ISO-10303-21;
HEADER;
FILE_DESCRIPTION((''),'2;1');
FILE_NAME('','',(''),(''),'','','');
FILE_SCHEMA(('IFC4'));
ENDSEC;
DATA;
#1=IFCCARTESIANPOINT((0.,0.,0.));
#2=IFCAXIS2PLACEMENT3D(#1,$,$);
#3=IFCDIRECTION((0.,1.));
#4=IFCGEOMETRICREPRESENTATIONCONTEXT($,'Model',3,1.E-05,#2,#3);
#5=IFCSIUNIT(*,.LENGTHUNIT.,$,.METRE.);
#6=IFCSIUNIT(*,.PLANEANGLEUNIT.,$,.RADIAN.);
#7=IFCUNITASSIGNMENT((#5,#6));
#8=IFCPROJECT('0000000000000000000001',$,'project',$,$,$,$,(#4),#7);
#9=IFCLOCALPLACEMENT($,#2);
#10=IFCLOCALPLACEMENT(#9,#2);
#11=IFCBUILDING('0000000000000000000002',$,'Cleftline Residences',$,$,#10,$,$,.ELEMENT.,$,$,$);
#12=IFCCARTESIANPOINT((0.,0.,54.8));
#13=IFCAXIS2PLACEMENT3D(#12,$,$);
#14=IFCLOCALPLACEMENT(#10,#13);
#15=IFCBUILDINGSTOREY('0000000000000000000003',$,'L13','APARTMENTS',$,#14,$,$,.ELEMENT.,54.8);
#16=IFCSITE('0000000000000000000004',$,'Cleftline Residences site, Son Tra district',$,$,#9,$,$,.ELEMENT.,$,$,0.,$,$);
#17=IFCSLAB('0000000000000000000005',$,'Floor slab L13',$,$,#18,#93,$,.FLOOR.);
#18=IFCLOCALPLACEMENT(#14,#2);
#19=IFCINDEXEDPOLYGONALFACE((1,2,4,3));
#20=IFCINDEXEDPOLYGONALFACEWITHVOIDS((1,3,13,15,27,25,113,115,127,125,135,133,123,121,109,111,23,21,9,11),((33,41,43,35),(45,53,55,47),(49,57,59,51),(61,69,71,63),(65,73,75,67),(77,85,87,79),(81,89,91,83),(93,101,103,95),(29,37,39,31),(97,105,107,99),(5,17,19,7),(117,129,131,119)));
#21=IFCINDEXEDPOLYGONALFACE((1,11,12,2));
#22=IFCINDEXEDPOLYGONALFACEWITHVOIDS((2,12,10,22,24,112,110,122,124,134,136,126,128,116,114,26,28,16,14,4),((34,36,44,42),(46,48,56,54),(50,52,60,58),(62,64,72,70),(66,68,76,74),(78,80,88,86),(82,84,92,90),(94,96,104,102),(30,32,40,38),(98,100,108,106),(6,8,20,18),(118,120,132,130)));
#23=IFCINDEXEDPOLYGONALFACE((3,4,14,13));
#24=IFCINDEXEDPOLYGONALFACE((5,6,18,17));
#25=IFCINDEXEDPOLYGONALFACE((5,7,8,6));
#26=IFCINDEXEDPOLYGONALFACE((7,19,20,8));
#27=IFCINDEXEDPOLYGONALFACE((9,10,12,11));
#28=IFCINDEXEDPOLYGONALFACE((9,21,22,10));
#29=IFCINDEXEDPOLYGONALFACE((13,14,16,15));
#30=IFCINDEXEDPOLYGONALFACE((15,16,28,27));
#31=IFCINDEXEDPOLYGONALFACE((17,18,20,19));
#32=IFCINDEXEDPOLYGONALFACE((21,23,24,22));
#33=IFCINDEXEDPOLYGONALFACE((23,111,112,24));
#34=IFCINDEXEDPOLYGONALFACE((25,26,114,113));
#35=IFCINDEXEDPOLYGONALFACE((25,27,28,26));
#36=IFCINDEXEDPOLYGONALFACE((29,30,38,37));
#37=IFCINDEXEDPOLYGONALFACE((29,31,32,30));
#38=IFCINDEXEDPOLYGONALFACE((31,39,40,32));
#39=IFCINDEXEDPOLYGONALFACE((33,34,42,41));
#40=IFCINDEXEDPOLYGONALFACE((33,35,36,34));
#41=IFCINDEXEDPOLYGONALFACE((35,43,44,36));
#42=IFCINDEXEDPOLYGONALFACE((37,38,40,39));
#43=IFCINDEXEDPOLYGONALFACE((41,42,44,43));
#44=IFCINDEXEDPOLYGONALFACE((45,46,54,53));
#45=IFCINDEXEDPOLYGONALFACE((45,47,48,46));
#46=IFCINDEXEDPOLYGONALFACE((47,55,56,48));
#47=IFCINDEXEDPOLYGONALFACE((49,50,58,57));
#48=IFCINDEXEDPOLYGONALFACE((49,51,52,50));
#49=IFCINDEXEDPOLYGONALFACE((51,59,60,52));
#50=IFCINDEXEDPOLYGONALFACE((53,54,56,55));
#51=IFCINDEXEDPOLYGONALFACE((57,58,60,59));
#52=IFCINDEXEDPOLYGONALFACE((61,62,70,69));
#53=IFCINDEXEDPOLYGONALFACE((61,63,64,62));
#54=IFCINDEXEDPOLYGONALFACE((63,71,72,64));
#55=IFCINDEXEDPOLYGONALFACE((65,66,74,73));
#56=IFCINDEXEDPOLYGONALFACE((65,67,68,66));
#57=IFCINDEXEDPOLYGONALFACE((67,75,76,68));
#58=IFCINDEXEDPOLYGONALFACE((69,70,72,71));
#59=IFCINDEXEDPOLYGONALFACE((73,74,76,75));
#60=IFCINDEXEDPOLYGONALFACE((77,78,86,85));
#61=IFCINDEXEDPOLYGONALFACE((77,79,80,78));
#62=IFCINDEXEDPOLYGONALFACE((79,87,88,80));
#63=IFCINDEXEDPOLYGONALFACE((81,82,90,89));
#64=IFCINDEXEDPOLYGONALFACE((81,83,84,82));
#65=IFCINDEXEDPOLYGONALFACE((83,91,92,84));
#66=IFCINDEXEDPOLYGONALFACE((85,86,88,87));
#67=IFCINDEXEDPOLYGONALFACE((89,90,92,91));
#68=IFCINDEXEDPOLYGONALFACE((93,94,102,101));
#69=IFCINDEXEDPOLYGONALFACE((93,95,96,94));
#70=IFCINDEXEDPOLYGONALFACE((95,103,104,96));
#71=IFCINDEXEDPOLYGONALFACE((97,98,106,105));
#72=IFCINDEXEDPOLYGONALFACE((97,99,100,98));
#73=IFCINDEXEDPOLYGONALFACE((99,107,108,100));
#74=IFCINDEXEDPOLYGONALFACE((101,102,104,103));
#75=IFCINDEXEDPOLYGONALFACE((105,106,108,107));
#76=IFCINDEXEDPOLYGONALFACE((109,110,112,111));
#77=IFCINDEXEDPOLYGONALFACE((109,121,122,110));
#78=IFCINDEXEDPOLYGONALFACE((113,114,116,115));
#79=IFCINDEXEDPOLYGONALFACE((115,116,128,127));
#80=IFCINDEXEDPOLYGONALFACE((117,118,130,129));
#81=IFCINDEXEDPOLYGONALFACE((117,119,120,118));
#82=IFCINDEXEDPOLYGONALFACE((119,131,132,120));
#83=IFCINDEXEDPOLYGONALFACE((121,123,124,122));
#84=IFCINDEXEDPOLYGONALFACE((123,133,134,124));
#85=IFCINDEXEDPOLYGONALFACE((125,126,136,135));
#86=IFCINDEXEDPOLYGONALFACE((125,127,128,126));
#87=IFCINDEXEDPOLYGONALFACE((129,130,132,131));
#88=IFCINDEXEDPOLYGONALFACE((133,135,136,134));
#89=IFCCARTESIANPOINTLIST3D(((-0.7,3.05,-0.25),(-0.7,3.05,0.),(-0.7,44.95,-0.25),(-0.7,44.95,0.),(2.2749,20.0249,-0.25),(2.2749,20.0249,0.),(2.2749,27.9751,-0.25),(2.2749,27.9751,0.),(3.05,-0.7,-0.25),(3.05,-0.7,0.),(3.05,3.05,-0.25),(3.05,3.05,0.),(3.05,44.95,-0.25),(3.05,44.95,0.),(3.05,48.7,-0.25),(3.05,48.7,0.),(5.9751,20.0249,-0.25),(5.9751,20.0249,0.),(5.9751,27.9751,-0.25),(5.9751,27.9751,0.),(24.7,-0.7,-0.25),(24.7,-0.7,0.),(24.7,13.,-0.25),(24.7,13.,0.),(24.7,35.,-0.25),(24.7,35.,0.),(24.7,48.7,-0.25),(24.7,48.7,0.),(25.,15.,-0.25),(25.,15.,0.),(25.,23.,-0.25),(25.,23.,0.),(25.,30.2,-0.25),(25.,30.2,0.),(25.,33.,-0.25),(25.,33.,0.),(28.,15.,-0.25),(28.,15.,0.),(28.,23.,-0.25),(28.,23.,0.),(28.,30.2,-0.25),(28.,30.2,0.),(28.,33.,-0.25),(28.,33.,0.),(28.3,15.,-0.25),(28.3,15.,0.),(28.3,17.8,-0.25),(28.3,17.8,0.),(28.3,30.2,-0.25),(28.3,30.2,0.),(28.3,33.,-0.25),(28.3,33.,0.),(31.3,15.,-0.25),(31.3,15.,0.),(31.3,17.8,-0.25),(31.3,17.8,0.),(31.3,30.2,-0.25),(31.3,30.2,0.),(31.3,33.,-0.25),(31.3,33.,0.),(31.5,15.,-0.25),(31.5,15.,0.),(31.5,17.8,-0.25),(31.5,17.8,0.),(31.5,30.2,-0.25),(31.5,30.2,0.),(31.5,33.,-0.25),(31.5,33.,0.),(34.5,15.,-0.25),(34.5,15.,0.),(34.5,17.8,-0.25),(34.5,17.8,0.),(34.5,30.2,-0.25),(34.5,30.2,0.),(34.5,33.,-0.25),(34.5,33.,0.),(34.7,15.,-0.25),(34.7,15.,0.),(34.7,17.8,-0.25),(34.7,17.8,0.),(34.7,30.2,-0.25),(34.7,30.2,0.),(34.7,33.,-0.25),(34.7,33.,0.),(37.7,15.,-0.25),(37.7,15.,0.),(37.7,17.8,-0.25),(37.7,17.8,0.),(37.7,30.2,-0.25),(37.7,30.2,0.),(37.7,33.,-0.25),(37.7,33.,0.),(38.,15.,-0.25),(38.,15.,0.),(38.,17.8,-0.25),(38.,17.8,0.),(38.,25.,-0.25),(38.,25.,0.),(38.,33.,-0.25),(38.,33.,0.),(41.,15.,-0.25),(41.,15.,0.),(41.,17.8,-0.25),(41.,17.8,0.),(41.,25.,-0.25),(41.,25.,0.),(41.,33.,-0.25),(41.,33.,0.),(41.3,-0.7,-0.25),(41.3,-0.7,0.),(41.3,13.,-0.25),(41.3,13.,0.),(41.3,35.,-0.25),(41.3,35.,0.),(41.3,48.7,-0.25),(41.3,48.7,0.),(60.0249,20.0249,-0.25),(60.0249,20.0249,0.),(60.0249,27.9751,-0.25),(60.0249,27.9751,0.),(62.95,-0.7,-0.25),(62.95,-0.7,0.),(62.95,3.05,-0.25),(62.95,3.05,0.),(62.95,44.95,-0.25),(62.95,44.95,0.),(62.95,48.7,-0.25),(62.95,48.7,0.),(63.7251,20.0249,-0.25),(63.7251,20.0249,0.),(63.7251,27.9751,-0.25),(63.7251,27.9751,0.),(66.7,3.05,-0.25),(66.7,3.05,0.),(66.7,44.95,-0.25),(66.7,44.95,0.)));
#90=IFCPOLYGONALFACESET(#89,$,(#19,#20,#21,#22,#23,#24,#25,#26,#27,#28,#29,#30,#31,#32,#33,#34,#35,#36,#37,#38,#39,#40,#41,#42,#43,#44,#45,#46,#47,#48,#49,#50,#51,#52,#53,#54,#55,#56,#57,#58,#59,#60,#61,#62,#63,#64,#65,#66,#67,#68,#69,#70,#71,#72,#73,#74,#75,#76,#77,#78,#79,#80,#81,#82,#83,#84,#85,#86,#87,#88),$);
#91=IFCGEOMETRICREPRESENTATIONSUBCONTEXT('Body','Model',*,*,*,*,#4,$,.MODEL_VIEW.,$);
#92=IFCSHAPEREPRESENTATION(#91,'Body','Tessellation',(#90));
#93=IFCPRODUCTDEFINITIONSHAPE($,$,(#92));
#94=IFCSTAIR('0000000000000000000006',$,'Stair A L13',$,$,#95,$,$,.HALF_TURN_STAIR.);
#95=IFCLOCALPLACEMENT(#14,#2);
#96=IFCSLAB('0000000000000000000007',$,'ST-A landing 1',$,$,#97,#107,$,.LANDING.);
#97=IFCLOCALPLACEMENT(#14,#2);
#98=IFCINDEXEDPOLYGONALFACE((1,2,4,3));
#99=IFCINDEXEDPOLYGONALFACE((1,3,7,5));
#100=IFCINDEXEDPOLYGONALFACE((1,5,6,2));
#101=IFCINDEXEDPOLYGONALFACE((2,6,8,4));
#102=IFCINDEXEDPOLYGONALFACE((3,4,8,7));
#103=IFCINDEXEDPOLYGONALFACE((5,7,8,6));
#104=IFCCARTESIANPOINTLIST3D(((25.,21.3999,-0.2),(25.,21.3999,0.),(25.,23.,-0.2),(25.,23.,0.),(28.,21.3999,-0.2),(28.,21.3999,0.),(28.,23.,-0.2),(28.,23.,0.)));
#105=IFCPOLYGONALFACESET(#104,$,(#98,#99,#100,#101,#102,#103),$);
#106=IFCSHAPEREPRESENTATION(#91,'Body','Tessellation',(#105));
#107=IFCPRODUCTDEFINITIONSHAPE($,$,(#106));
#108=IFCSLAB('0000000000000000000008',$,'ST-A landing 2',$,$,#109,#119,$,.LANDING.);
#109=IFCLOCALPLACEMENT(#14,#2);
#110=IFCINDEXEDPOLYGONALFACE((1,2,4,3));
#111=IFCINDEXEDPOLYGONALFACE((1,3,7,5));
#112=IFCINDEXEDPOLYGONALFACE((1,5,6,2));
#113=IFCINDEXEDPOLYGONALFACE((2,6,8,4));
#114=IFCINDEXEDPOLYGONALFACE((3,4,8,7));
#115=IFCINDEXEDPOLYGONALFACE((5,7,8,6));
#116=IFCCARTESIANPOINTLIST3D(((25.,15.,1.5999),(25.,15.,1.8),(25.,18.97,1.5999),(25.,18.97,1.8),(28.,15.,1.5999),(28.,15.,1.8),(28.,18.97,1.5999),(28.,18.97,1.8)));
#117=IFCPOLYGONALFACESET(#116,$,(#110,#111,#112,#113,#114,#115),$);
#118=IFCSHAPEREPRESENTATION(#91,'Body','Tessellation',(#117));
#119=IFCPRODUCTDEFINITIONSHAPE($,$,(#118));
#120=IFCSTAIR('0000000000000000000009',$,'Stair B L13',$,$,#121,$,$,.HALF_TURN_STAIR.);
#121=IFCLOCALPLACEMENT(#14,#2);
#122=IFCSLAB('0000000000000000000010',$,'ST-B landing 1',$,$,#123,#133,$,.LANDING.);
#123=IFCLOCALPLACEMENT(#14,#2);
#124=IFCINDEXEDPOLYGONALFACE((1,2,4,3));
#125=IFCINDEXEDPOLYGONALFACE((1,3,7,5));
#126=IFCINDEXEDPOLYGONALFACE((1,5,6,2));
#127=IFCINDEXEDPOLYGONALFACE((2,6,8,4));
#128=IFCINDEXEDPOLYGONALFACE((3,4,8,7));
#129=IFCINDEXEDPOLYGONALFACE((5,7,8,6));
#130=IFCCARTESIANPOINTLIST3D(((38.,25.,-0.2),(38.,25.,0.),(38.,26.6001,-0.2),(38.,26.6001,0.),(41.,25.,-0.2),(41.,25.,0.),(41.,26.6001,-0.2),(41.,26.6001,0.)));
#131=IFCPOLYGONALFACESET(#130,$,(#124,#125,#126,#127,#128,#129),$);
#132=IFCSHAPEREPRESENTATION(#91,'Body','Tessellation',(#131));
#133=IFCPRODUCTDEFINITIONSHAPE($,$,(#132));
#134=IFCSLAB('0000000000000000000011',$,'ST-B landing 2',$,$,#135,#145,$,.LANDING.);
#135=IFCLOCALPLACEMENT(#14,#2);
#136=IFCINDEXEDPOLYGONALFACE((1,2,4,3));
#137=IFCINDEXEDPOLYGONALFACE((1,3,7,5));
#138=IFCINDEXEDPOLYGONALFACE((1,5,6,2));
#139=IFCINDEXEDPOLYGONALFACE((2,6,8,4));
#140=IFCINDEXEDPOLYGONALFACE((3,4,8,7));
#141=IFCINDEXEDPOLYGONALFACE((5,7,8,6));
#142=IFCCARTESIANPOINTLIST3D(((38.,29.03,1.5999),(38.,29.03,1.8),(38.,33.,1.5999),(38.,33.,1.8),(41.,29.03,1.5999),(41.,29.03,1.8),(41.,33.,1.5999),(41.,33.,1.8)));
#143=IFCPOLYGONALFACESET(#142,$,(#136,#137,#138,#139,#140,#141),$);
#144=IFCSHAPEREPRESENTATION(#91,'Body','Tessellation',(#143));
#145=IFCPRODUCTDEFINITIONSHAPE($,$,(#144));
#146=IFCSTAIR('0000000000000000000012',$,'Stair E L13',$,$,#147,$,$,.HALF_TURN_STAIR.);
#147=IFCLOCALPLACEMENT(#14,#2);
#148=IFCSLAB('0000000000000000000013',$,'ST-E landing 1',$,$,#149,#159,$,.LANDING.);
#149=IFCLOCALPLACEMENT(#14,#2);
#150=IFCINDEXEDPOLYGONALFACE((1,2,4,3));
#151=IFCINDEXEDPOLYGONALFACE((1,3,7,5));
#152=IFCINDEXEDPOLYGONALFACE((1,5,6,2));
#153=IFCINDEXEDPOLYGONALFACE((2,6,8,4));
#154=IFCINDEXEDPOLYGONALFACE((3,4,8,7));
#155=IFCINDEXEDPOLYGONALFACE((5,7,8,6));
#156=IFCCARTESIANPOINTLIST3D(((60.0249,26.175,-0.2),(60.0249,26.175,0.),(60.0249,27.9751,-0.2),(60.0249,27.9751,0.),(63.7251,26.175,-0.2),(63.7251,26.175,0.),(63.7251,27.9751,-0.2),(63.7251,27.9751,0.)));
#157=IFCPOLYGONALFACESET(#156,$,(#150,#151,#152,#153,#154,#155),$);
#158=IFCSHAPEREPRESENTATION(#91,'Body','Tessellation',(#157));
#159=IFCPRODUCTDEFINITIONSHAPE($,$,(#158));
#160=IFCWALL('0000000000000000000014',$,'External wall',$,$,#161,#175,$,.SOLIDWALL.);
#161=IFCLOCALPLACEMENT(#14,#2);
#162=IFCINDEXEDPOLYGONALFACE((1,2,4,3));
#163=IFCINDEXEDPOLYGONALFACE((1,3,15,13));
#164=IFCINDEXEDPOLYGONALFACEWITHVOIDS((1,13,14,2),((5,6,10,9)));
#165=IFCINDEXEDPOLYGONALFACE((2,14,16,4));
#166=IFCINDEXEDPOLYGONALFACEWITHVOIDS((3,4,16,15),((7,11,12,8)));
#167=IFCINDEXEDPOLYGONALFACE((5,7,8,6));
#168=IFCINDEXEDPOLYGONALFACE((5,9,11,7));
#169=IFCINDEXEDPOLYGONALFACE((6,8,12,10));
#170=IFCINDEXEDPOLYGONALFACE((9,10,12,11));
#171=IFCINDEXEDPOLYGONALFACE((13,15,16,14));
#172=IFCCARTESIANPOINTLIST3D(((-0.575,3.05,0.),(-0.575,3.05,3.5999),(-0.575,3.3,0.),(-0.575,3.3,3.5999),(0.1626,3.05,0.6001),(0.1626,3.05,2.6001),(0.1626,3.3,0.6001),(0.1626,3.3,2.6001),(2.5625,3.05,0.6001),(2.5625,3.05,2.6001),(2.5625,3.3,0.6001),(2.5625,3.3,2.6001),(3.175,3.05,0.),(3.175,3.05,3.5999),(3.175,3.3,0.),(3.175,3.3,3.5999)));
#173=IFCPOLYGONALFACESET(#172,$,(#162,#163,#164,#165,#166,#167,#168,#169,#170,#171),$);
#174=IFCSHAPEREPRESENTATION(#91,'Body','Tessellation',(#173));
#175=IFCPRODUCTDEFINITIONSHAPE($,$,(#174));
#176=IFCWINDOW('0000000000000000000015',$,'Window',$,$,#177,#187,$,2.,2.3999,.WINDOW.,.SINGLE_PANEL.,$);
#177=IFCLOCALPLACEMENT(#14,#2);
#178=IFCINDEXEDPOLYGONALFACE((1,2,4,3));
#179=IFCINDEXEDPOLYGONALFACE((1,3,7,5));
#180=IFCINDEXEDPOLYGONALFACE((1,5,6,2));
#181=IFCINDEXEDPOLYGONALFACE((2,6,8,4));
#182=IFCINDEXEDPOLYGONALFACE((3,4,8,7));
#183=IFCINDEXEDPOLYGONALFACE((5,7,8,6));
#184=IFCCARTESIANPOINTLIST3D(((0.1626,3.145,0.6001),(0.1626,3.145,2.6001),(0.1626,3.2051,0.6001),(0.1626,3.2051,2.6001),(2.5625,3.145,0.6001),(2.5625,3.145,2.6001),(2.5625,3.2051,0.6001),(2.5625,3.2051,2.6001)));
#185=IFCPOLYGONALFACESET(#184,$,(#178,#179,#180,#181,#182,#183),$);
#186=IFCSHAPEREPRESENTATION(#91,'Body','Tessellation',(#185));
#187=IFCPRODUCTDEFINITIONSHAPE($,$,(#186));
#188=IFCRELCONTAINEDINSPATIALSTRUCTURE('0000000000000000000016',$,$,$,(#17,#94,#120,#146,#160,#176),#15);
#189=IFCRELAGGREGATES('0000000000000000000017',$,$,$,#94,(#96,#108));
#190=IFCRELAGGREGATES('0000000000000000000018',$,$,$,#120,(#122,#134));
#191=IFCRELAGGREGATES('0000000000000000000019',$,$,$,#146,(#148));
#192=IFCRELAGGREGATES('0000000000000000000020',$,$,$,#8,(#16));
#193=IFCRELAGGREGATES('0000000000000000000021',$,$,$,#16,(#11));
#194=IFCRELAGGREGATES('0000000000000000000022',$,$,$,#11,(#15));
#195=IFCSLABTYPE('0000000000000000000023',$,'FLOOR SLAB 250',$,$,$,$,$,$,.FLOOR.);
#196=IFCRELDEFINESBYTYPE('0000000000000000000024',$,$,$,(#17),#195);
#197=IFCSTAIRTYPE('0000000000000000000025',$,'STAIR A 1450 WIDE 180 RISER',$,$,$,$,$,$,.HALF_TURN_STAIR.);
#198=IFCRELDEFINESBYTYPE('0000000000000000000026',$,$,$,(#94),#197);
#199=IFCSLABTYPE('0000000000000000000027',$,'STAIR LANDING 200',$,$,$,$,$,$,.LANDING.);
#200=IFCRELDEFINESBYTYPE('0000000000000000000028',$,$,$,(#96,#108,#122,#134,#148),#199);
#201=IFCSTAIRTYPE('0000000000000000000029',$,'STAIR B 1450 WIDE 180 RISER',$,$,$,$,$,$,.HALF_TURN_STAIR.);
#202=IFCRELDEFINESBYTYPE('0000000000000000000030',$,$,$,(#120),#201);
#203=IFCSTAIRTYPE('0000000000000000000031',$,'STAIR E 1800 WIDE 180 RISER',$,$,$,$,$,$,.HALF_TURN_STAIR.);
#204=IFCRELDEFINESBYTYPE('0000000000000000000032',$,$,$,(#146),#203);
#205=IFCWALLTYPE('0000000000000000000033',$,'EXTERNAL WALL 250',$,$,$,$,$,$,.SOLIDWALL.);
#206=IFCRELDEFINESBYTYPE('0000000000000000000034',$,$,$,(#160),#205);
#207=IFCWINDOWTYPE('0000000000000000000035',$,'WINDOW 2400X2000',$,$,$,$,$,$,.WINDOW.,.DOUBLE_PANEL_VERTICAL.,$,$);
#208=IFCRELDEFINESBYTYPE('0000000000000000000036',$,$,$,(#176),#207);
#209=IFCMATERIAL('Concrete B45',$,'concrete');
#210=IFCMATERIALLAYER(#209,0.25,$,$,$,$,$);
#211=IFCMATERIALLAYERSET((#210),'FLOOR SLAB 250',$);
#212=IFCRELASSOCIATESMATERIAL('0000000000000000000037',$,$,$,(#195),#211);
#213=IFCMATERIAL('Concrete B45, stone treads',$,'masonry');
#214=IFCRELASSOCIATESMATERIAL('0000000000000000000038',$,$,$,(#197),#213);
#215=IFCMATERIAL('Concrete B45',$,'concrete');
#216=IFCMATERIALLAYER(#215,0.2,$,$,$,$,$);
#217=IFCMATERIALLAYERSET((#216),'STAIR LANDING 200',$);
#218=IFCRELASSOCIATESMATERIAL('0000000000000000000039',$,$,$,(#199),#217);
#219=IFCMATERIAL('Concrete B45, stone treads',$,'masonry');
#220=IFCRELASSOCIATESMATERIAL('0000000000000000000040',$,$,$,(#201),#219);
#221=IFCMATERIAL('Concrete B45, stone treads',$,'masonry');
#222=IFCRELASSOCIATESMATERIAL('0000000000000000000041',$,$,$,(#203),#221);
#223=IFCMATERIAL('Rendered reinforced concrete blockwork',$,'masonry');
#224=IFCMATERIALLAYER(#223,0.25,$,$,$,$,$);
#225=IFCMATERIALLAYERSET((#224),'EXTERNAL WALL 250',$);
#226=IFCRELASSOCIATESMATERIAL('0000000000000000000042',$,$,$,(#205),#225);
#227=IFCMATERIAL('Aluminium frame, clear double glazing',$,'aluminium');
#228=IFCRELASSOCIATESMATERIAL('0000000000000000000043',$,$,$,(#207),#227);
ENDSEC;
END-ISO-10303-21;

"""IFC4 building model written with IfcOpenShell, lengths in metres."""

from ifc_helpers import new_model, si_unit, direction, frame, frame_2d, origin, place, context, subcontext, project, spatial, polyline, rectangle, outline, extrude, material, layer, layer_set, type_object, element, fill, aggregate, save


model = new_model("IFC4")

# Units and contexts
model_context = context("Model", 3, precision=1e-05, world=origin(), true_north=direction((0.0, 1.0)))
body_context = subcontext(model_context, "Body", "Model", "MODEL_VIEW")
ifc_project = project(units=[si_unit("LENGTHUNIT", "METRE"), si_unit("PLANEANGLEUNIT", "RADIAN")], contexts=[model_context])

# Site, building, storey
site_placement = place(None, origin())
site = spatial("IfcSite", under=ifc_project, at=site_placement, Name="Cleftline Residences site, Son Tra district", CompositionType="ELEMENT", RefElevation=0.0)
building_placement = place(site_placement, origin())
building = spatial("IfcBuilding", under=site, at=building_placement, Name="Cleftline Residences", CompositionType="ELEMENT")
storey_placement = place(building_placement, frame((0.0, 0.0, 54.8)))
storey = spatial("IfcBuildingStorey", under=building, at=storey_placement, Name="L13", Description="APARTMENTS", CompositionType="ELEMENT", Elevation=54.8)

# Slab
ifc_material_1 = material(Name="Concrete B45", Category="concrete")
ifc_layer_1 = layer(ifc_material_1, 0.25)
ifc_layer_set_1 = layer_set([ifc_layer_1], Name="FLOOR SLAB 250")
slab_type_1 = type_object("IfcSlabType", Name="FLOOR SLAB 250", PredefinedType="FLOOR", material=ifc_layer_set_1)
slab_1_placement = place(storey_placement, frame((0.0, 0.0, -0.25)))
element("IfcSlab", 1, at=slab_1_placement, inside=storey, type_object=slab_type_1, Name="Floor slab L13", PredefinedType="FLOOR", context=body_context, shape_type="SweptSolid", body=[
    extrude(outline(polyline([(24.7, 13.0), (41.3, 13.0), (41.3, -0.7), (62.95, -0.7), (62.95, 3.05), (66.7, 3.05), (66.7, 44.95), (62.95, 44.95), (62.95, 48.7), (41.3, 48.7), (41.3, 35.0), (24.7, 35.0), (24.7, 48.7), (3.05, 48.7), (3.05, 44.95), (-0.7, 44.95), (-0.7, 3.05), (3.05, 3.05), (3.05, -0.7), (24.7, -0.7), (24.7, 13.0)]), holes=[polyline([(28.0, 15.0), (28.0, 23.0), (25.0, 23.0), (25.0, 15.0), (28.0, 15.0)]), polyline([(41.0, 25.0), (41.0, 33.0), (38.0, 33.0), (38.0, 25.0), (41.0, 25.0)]), polyline([(28.0, 30.2), (28.0, 33.0), (25.0, 33.0), (25.0, 30.2), (28.0, 30.2)]), polyline([(41.0, 15.0), (41.0, 17.8), (38.0, 17.8), (38.0, 15.0), (41.0, 15.0)]), polyline([(31.3, 15.0), (31.3, 17.8), (28.3, 17.8), (28.3, 15.0), (31.3, 15.0)]), polyline([(34.5, 15.0), (34.5, 17.8), (31.5, 17.8), (31.5, 15.0), (34.5, 15.0)]), polyline([(37.7, 15.0), (37.7, 17.8), (34.7, 17.8), (34.7, 15.0), (37.7, 15.0)]), polyline([(31.3, 30.2), (31.3, 33.0), (28.3, 33.0), (28.3, 30.2), (31.3, 30.2)]), polyline([(34.5, 30.2), (34.5, 33.0), (31.5, 33.0), (31.5, 30.2), (34.5, 30.2)]), polyline([(37.7, 30.2), (37.7, 33.0), (34.7, 33.0), (34.7, 30.2), (37.7, 30.2)]), polyline([(63.7251, 20.0249), (63.7251, 27.9751), (60.0249, 27.9751), (60.0249, 20.0249), (63.7251, 20.0249)]), polyline([(5.9751, 20.0249), (5.9751, 27.9751), (2.2749, 27.9751), (2.2749, 20.0249), (5.9751, 20.0249)])]), origin(), (0.0, 0.0, 1.0), 0.25),
])

# Stairs, slabs
ifc_material_2 = material(Name="Concrete B45, stone treads", Category="masonry")
stair_type_1 = type_object("IfcStairType", Name="STAIR A 1450 WIDE 180 RISER", PredefinedType="HALF_TURN_STAIR", material=ifc_material_2)
stair_1_placement = place(storey_placement, origin())
stair_1 = element("IfcStair", 2, at=stair_1_placement, inside=storey, type_object=stair_type_1, Name="Stair A L13", PredefinedType="HALF_TURN_STAIR")
ifc_material_3 = material(Name="Concrete B45", Category="concrete")
ifc_layer_2 = layer(ifc_material_3, 0.2)
ifc_layer_set_2 = layer_set([ifc_layer_2], Name="STAIR LANDING 200")
slab_type_2 = type_object("IfcSlabType", Name="STAIR LANDING 200", PredefinedType="LANDING", material=ifc_layer_set_2)
slab_2_placement = place(storey_placement, frame((0.0, 0.0, -0.2)))
slab_2 = element("IfcSlab", 3, at=slab_2_placement, type_object=slab_type_2, Name="ST-A landing 1", PredefinedType="LANDING", context=body_context, shape_type="SweptSolid", body=[
    extrude(outline(polyline([(25.0, 21.3999), (28.0, 21.3999), (28.0, 23.0), (25.0, 23.0), (25.0, 21.3999)])), origin(), (0.0, 0.0, 1.0), 0.2),
])
slab_3_placement = place(storey_placement, frame((0.0, 0.0, 1.5999)))
slab_3 = element("IfcSlab", 4, at=slab_3_placement, type_object=slab_type_2, Name="ST-A landing 2", PredefinedType="LANDING", context=body_context, shape_type="SweptSolid", body=[
    extrude(outline(polyline([(25.0, 15.0), (28.0, 15.0), (28.0, 18.97), (25.0, 18.97), (25.0, 15.0)])), origin(), (0.0, 0.0, 1.0), 0.2002),
])
aggregate(stair_1, [slab_2, slab_3])
ifc_material_4 = material(Name="Concrete B45, stone treads", Category="masonry")
stair_type_2 = type_object("IfcStairType", Name="STAIR B 1450 WIDE 180 RISER", PredefinedType="HALF_TURN_STAIR", material=ifc_material_4)
stair_2_placement = place(storey_placement, origin())
stair_2 = element("IfcStair", 5, at=stair_2_placement, inside=storey, type_object=stair_type_2, Name="Stair B L13", PredefinedType="HALF_TURN_STAIR")
slab_4_placement = place(storey_placement, frame((0.0, 0.0, -0.2)))
slab_4 = element("IfcSlab", 6, at=slab_4_placement, type_object=slab_type_2, Name="ST-B landing 1", PredefinedType="LANDING", context=body_context, shape_type="SweptSolid", body=[
    extrude(outline(polyline([(38.0, 25.0), (41.0, 25.0), (41.0, 26.6001), (38.0, 26.6001), (38.0, 25.0)])), origin(), (0.0, 0.0, 1.0), 0.2),
])
slab_5_placement = place(storey_placement, frame((0.0, 0.0, 1.5999)))
slab_5 = element("IfcSlab", 7, at=slab_5_placement, type_object=slab_type_2, Name="ST-B landing 2", PredefinedType="LANDING", context=body_context, shape_type="SweptSolid", body=[
    extrude(outline(polyline([(38.0, 29.03), (41.0, 29.03), (41.0, 33.0), (38.0, 33.0), (38.0, 29.03)])), origin(), (0.0, 0.0, 1.0), 0.2002),
])
aggregate(stair_2, [slab_4, slab_5])

# Stair, slab
ifc_material_5 = material(Name="Concrete B45, stone treads", Category="masonry")
stair_type_3 = type_object("IfcStairType", Name="STAIR E 1800 WIDE 180 RISER", PredefinedType="HALF_TURN_STAIR", material=ifc_material_5)
stair_3_placement = place(storey_placement, origin())
stair_3 = element("IfcStair", 8, at=stair_3_placement, inside=storey, type_object=stair_type_3, Name="Stair E L13", PredefinedType="HALF_TURN_STAIR")
slab_6_placement = place(storey_placement, frame((0.0, 0.0, -0.2)))
slab_6 = element("IfcSlab", 9, at=slab_6_placement, type_object=slab_type_2, Name="ST-E landing 1", PredefinedType="LANDING", context=body_context, shape_type="SweptSolid", body=[
    extrude(outline(polyline([(60.0249, 26.175), (63.7251, 26.175), (63.7251, 27.9751), (60.0249, 27.9751), (60.0249, 26.175)])), origin(), (0.0, 0.0, 1.0), 0.2),
])
aggregate(stair_3, [slab_6])

# Wall, opening, window
ifc_material_6 = material(Name="Rendered reinforced concrete blockwork", Category="masonry")
ifc_layer_3 = layer(ifc_material_6, 0.25)
ifc_layer_set_3 = layer_set([ifc_layer_3], Name="EXTERNAL WALL 250")
wall_type = type_object("IfcWallType", Name="EXTERNAL WALL 250", PredefinedType="SOLIDWALL", material=ifc_layer_set_3)
wall_placement = place(storey_placement, frame((-0.575, 3.175, 0.0), z_axis=(0.0, 0.0, 1.0), x_axis=(1.0, 0.0, 0.0)))
wall = element("IfcWall", 10, at=wall_placement, inside=storey, type_object=wall_type, Name="External wall", PredefinedType="SOLIDWALL", context=body_context, shape_type="SweptSolid", body=[
    extrude(rectangle(XDim=3.75, YDim=0.25, at=frame_2d((1.875, 0.0))), origin(), (0.0, 0.0, 1.0), 3.5999),
])
opening_placement = place(wall_placement, frame((0.7375, 0.0, 0.6001)))
opening = element("IfcOpeningElement", 11, at=opening_placement, cuts=wall, PredefinedType="OPENING", context=body_context, shape_type="SweptSolid", body=[
    extrude(rectangle(XDim=2.3999, YDim=2.0, at=frame_2d((1.2, 1.0))), frame((0.0, 0.135, 0.0), z_axis=(0.0, -1.0, 0.0), x_axis=(1.0, 0.0, 0.0)), (0.0, 0.0, 1.0), 0.27),
])
ifc_material_7 = material(Name="Aluminium frame, clear double glazing", Category="aluminium")
window_type = type_object("IfcWindowType", Name="WINDOW 2400X2000", PartitioningType="DOUBLE_PANEL_VERTICAL", PredefinedType="WINDOW", material=ifc_material_7)
window_placement = place(opening_placement, origin())
window = element("IfcWindow", 12, at=window_placement, inside=storey, type_object=window_type, Name="Window", OverallHeight=2.0, OverallWidth=2.3999, PartitioningType="SINGLE_PANEL", PredefinedType="WINDOW", context=body_context, shape_type="SweptSolid", body=[
    extrude(rectangle(XDim=2.3999, YDim=2.0, at=frame_2d((1.2, 1.0))), frame((0.0, 0.03, 0.0), z_axis=(0.0, -1.0, 0.0), x_axis=(1.0, 0.0, 0.0)), (0.0, 0.0, 1.0), 0.0601),
])
fill(opening, window)

save(model, "model.ifc")
